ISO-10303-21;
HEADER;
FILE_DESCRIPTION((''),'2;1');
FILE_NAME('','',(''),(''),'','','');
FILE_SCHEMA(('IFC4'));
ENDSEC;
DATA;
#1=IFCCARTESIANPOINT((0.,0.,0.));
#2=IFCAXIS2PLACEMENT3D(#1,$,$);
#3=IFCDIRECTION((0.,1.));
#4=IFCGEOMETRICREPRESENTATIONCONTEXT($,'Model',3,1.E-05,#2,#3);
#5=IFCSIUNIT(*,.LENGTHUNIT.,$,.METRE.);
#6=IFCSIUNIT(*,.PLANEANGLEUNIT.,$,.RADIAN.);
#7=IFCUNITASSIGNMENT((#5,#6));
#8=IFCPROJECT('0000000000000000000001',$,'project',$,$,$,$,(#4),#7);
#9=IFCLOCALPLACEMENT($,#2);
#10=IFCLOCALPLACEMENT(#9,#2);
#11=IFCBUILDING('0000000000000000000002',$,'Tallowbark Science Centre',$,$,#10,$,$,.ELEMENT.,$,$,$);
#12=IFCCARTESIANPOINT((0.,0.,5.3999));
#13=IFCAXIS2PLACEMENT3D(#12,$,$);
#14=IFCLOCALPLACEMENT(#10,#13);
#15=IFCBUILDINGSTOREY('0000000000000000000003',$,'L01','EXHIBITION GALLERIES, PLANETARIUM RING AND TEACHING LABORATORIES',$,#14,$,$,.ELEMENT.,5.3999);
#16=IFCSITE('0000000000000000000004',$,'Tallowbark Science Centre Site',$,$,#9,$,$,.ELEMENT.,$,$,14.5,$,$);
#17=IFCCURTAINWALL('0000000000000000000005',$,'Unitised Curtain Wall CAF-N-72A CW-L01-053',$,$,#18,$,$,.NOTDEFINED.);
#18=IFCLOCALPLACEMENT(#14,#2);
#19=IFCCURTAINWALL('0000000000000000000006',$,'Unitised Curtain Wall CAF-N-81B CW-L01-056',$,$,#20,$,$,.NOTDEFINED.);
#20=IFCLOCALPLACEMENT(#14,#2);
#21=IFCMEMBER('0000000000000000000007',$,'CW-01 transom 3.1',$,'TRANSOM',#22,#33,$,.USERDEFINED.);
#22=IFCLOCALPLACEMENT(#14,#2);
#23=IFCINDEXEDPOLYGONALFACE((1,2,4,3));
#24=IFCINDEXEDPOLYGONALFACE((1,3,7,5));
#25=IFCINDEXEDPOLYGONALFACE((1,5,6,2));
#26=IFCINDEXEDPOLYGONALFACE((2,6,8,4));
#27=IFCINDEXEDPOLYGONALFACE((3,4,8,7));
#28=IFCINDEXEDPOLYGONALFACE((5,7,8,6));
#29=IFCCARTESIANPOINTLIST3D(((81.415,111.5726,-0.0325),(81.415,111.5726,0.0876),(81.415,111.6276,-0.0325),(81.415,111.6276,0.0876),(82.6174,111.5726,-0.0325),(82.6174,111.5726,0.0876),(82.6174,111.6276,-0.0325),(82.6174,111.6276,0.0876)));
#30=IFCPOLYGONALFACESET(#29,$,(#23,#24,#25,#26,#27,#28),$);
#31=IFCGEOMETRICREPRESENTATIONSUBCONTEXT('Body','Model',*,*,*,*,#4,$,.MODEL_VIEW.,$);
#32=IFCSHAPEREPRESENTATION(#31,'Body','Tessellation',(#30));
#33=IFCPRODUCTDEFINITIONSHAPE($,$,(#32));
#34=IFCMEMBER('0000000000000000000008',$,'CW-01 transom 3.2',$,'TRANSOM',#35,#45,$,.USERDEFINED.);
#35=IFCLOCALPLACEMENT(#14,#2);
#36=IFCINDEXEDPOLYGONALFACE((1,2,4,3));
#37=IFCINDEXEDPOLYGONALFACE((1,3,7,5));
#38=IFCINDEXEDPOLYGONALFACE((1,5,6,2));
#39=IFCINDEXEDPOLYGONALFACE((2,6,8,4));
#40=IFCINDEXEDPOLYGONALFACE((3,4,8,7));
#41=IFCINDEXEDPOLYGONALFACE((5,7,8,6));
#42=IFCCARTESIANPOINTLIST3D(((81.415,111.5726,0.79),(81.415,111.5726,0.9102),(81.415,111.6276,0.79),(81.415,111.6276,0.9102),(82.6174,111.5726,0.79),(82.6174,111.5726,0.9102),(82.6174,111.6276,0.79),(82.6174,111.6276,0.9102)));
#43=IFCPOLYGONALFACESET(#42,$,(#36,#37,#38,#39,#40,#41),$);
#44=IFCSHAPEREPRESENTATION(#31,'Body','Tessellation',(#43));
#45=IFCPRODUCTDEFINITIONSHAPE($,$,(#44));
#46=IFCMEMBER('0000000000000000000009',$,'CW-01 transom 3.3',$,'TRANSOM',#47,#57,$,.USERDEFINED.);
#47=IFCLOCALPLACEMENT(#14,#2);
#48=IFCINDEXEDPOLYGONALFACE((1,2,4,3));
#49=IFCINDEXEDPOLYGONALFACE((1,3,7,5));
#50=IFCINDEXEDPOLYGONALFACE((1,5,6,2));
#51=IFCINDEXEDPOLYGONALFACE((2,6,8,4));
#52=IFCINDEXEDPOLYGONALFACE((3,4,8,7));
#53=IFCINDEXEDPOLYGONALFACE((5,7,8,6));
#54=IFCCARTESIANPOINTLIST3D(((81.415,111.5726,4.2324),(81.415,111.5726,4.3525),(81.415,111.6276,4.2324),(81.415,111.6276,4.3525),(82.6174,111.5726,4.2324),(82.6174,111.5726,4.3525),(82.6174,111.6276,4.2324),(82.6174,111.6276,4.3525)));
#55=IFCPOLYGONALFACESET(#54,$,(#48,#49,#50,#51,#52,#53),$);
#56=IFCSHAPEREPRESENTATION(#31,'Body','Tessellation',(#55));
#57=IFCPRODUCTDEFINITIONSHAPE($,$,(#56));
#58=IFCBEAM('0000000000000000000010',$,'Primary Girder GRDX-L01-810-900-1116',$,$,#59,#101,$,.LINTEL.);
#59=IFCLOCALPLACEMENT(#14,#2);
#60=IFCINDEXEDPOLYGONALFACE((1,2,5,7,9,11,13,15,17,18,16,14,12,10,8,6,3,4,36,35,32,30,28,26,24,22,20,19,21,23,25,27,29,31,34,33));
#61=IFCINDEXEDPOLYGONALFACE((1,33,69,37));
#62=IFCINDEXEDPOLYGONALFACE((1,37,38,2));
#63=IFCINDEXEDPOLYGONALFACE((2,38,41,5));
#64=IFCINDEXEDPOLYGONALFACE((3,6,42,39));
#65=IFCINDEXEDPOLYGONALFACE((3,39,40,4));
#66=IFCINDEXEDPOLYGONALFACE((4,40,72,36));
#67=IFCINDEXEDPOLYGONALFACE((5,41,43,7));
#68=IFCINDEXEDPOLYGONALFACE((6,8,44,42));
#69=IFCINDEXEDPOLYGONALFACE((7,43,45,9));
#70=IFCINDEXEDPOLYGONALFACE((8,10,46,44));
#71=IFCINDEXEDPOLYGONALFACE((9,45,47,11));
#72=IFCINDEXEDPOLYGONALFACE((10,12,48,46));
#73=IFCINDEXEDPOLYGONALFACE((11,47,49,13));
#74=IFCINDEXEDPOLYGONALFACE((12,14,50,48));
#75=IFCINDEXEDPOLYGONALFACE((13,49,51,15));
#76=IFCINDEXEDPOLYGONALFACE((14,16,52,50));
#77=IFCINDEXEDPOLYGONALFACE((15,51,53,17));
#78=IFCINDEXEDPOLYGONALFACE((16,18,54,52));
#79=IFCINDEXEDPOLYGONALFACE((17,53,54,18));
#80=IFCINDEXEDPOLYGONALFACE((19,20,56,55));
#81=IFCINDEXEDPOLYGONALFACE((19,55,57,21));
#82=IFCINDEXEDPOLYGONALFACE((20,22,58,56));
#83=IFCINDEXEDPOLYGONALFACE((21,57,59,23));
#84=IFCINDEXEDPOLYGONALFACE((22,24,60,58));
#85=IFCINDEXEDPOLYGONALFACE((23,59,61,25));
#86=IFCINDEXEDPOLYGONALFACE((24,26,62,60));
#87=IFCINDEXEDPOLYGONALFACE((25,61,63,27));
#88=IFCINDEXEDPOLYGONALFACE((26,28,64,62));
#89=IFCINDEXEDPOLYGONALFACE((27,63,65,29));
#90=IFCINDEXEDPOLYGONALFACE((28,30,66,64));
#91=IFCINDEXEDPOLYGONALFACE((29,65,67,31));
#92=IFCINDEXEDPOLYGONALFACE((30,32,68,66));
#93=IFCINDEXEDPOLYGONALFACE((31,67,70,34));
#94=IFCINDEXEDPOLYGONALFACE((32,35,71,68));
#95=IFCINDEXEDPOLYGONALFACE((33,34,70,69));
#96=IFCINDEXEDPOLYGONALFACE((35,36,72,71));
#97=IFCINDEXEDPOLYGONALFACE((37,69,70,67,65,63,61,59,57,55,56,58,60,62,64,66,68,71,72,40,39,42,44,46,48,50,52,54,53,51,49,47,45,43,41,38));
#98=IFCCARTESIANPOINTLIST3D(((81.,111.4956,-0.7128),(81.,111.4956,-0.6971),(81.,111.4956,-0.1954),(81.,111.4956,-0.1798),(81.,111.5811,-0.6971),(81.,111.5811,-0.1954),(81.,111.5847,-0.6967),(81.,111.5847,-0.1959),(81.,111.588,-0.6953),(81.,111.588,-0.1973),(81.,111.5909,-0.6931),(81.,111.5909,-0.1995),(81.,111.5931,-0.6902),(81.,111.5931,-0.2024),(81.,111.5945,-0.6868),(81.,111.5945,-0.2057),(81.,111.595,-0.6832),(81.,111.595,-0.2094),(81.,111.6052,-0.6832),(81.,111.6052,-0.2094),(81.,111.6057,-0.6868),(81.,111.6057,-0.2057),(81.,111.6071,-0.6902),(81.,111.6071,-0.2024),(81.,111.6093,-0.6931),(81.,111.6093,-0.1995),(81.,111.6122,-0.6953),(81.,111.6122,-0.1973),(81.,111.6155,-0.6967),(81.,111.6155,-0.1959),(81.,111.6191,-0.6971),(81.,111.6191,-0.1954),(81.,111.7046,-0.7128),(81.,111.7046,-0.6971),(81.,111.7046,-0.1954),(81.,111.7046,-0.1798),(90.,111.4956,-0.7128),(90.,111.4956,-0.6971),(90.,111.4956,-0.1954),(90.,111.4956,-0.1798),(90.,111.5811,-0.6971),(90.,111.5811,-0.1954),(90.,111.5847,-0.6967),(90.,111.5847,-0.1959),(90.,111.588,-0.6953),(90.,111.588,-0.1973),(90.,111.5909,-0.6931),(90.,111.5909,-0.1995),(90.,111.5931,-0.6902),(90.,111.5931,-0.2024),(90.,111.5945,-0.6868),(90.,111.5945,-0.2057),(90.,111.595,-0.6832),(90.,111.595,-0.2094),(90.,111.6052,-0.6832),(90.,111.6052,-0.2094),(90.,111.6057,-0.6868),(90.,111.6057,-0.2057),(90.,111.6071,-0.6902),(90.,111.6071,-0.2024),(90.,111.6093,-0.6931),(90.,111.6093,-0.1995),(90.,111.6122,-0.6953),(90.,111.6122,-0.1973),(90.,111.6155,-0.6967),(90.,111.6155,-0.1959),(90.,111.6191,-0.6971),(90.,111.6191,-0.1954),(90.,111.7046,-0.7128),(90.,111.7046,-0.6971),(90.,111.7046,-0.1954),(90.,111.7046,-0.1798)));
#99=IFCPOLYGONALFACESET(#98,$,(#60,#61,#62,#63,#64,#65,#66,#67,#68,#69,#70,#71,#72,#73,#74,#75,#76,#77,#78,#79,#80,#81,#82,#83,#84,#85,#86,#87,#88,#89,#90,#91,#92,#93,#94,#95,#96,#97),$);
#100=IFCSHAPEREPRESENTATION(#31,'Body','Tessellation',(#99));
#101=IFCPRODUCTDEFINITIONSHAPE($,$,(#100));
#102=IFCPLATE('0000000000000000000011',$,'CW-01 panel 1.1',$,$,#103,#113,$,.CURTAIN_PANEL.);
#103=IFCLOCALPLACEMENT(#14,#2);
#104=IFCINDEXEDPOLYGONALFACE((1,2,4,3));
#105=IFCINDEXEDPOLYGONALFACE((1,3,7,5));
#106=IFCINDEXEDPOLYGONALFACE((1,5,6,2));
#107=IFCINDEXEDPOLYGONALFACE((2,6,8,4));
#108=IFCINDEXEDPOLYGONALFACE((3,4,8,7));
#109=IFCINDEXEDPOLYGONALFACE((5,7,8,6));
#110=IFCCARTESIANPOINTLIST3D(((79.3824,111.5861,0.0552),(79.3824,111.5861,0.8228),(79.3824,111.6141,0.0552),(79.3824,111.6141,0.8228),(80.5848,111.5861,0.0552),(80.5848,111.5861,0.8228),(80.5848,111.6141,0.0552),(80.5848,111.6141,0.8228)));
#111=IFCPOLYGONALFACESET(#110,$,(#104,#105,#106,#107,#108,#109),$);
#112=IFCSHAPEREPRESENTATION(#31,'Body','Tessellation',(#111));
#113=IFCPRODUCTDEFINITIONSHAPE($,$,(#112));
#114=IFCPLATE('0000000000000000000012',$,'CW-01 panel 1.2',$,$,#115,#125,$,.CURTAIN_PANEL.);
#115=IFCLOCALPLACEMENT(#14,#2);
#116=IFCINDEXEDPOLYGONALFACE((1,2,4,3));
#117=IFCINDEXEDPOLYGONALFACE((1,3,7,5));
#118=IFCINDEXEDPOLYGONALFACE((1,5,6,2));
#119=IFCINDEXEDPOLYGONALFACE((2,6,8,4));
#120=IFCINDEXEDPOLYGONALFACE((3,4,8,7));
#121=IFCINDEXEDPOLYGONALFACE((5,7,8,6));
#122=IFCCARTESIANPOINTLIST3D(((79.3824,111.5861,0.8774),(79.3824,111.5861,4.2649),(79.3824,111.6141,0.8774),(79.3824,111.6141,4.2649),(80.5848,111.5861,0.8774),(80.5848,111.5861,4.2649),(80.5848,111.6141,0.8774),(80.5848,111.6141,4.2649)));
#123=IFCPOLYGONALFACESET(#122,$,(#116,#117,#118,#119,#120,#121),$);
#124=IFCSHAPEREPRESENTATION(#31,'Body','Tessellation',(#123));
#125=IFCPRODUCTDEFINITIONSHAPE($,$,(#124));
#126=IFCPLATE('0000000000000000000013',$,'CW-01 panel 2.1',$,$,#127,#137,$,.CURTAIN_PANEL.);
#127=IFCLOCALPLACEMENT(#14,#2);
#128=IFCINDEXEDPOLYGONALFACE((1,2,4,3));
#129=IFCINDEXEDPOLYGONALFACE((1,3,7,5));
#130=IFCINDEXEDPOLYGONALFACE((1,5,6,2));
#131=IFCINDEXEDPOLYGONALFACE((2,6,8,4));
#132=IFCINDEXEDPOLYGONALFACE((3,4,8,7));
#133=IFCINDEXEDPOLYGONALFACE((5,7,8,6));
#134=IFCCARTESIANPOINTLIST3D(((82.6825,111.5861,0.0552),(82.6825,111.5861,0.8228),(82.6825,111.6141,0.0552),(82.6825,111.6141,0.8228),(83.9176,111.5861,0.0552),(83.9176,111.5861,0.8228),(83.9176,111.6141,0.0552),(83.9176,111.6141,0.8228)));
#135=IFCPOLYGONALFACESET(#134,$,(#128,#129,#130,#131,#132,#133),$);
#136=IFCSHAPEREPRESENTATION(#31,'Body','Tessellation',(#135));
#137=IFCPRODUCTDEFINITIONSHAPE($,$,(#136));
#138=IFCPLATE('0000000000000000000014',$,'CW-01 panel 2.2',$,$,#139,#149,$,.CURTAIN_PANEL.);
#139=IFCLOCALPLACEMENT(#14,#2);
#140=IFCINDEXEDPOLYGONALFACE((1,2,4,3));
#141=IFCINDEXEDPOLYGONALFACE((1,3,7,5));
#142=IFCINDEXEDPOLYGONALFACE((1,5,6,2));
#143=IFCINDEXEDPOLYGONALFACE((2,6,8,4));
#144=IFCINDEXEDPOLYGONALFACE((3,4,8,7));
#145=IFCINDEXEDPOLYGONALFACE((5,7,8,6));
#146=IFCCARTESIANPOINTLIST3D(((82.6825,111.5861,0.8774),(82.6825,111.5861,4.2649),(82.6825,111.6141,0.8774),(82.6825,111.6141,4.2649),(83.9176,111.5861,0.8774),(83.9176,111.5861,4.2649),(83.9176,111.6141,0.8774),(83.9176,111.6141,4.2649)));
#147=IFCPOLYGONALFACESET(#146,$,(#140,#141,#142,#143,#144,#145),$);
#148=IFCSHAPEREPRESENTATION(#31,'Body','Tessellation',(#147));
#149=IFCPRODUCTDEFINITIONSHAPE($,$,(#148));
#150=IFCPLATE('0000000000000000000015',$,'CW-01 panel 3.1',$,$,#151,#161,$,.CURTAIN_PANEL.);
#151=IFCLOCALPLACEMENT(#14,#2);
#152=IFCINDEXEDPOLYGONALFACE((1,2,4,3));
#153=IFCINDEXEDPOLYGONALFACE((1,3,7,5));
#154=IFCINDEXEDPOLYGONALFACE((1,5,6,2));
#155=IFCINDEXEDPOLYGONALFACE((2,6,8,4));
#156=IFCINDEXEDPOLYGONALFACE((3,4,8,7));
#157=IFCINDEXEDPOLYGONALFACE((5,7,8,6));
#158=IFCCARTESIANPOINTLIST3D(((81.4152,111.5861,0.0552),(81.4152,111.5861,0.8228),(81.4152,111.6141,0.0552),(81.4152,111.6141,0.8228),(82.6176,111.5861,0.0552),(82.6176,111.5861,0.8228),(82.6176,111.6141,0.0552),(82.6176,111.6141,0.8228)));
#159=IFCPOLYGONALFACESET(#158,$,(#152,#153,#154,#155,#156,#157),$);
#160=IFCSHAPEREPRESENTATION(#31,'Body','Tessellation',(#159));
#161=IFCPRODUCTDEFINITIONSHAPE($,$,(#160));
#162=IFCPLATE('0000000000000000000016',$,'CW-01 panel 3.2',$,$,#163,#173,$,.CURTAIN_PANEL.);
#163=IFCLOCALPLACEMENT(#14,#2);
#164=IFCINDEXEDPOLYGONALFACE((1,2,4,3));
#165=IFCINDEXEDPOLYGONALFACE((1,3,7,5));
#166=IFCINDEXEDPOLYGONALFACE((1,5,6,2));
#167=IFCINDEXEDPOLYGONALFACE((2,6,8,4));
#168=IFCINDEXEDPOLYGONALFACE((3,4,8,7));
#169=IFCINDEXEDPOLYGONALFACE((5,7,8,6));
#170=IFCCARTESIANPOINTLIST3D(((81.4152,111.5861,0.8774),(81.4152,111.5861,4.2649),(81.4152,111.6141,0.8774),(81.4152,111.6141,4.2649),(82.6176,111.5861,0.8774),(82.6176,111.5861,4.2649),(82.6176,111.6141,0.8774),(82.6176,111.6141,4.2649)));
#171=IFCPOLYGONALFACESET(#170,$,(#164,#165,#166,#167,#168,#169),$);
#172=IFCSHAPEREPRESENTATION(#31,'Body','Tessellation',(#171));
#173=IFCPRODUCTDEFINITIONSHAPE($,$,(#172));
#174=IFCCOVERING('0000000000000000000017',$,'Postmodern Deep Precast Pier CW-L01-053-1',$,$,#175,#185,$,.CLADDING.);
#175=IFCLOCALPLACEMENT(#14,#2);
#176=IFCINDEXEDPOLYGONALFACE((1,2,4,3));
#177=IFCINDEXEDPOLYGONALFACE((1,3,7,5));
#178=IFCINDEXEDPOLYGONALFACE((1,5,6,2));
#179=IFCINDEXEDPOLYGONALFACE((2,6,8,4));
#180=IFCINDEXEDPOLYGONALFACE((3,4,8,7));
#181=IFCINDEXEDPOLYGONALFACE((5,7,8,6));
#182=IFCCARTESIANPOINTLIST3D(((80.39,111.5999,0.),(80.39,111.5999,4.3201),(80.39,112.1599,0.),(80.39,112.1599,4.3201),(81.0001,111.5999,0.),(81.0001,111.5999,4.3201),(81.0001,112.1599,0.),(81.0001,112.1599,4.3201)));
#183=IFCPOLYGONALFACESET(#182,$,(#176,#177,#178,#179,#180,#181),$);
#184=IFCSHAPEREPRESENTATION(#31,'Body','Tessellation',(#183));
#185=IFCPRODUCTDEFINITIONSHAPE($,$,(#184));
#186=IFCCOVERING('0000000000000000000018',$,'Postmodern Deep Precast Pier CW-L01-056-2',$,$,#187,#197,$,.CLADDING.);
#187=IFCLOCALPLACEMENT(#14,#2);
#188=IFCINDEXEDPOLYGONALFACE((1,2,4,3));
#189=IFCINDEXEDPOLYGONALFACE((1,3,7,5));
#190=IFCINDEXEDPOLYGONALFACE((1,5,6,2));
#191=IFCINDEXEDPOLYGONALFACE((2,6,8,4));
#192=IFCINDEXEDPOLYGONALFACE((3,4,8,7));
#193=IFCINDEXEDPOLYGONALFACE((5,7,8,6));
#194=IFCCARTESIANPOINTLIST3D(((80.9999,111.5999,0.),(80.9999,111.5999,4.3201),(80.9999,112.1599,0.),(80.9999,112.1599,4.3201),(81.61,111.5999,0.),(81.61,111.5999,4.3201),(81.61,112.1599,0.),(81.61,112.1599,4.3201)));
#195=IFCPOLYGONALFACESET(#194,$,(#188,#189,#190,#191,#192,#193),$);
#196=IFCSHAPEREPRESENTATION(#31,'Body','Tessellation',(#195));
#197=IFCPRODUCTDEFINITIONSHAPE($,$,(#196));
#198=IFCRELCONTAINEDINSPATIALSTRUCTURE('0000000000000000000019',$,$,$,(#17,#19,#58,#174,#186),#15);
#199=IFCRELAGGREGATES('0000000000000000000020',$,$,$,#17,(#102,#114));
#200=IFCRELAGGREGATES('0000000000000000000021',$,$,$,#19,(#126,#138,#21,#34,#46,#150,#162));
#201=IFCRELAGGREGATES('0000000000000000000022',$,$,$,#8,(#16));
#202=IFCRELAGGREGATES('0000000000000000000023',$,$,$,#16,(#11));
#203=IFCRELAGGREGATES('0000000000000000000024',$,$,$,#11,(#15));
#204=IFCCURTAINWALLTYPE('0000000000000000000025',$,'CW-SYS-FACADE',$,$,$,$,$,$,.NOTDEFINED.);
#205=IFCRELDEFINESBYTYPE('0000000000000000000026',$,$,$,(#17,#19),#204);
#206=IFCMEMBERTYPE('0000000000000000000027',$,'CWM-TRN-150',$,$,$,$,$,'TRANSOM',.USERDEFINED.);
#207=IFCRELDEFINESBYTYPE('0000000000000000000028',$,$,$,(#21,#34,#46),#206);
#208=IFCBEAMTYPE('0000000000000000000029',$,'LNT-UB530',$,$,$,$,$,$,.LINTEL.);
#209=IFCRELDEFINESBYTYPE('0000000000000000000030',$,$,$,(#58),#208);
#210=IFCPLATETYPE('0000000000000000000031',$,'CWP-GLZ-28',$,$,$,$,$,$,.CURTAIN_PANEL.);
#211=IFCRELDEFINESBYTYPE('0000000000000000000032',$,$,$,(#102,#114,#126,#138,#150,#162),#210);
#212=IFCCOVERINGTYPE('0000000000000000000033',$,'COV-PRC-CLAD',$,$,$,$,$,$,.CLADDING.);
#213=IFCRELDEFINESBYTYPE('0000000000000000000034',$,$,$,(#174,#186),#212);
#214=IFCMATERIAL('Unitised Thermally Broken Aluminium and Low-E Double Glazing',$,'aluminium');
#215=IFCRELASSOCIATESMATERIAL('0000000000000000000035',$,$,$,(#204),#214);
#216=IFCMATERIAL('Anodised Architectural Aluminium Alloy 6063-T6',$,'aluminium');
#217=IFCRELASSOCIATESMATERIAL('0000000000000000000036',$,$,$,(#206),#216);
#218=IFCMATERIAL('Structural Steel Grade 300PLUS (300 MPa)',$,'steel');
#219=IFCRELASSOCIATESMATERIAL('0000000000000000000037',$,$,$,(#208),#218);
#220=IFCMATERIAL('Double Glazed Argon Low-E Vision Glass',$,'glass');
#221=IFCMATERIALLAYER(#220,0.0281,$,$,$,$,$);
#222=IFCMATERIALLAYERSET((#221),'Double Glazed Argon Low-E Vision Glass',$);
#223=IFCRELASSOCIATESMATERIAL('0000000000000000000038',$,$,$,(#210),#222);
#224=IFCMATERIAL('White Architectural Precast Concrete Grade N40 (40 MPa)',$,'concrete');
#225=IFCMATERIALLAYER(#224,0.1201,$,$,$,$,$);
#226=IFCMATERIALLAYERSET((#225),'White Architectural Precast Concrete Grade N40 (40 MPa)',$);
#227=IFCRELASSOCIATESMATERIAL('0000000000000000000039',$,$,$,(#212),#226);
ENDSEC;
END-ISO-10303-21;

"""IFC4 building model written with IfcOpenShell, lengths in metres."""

from ifc_helpers import new_model, si_unit, direction, frame, origin, origin_2d, place, context, subcontext, project, spatial, rectangle, i_section, extrude, material, layer, layer_set, material_profile, profile_set, type_object, element, aggregate, save


model = new_model("IFC4")

# Units and contexts
model_context = context("Model", 3, precision=1e-05, world=origin(), true_north=direction((0.0, 1.0)))
body_context = subcontext(model_context, "Body", "Model", "MODEL_VIEW")
ifc_project = project(units=[si_unit("LENGTHUNIT", "METRE"), si_unit("PLANEANGLEUNIT", "RADIAN")], contexts=[model_context])

# Site, building, storey
site_placement = place(None, origin())
site = spatial("IfcSite", under=ifc_project, at=site_placement, Name="Tallowbark Science Centre Site", CompositionType="ELEMENT", RefElevation=14.5)
building_placement = place(site_placement, origin())
building = spatial("IfcBuilding", under=site, at=building_placement, Name="Tallowbark Science Centre", CompositionType="ELEMENT")
storey_placement = place(building_placement, frame((0.0, 0.0, 5.3999)))
storey = spatial("IfcBuildingStorey", under=building, at=storey_placement, Name="L01", Description="EXHIBITION GALLERIES, PLANETARIUM RING AND TEACHING LABORATORIES", CompositionType="ELEMENT", Elevation=5.3999)

# Shared definitions
ifc_material_1 = material(Name="Structural Steel Grade 300PLUS (300 MPa)", Category="steel")

# Curtain walls
ifc_material_2 = material(Name="Unitised Thermally Broken Aluminium and Low-E Double Glazing", Category="aluminium")
curtain_wall_type = type_object("IfcCurtainWallType", Name="CW-SYS-FACADE", PredefinedType="NOTDEFINED", material=ifc_material_2)
curtain_wall_1_placement = place(storey_placement, origin())
curtain_wall_1 = element("IfcCurtainWall", 1, at=curtain_wall_1_placement, inside=storey, type_object=curtain_wall_type, Name="Unitised Curtain Wall CAF-N-72A CW-L01-053", PredefinedType="NOTDEFINED")
ifc_material_3 = material(Name="Anodised Architectural Aluminium Alloy 6063-T6", Category="aluminium")
curtain_wall_2_placement = place(storey_placement, origin())
curtain_wall_2 = element("IfcCurtainWall", 2, at=curtain_wall_2_placement, inside=storey, type_object=curtain_wall_type, Name="Unitised Curtain Wall CAF-N-81B CW-L01-056", PredefinedType="NOTDEFINED")

# Members
ifc_material_profile_1 = material_profile(ifc_material_3, rectangle(XDim=0.0549, YDim=0.1201, at=origin_2d()), Name="ALU55x120")
ifc_profile_set_1 = profile_set([ifc_material_profile_1], Name="Anodised Architectural Aluminium Alloy 6063-T6")
member_type_1 = type_object("IfcMemberType", Name="CWM-TRN-150", ElementType="TRANSOM", PredefinedType="USERDEFINED", material=ifc_profile_set_1)
member_1_placement = place(storey_placement, frame((82.6174, 111.6001, 0.0276), z_axis=(-1.0, 0.0, 0.0), x_axis=(0.0, -1.0, 0.0)))
member_1 = element("IfcMember", 3, at=member_1_placement, type_object=member_type_1, Name="CW-01 transom 3.1", ObjectType="TRANSOM", PredefinedType="USERDEFINED", context=body_context, shape_type="SweptSolid", body=[
    extrude(rectangle(XDim=0.0549, YDim=0.1201, at=origin_2d()), origin(), (0.0, 0.0, 1.0), 1.2024),
])
member_2_placement = place(storey_placement, frame((82.6174, 111.6001, 0.8501), z_axis=(-1.0, 0.0, 0.0), x_axis=(0.0, -1.0, 0.0)))
member_2 = element("IfcMember", 4, at=member_2_placement, type_object=member_type_1, Name="CW-01 transom 3.2", ObjectType="TRANSOM", PredefinedType="USERDEFINED", context=body_context, shape_type="SweptSolid", body=[
    extrude(rectangle(XDim=0.0549, YDim=0.1201, at=origin_2d()), origin(), (0.0, 0.0, 1.0), 1.2024),
])
member_3_placement = place(storey_placement, frame((82.6174, 111.6001, 4.2925), z_axis=(-1.0, 0.0, 0.0), x_axis=(0.0, -1.0, 0.0)))
member_3 = element("IfcMember", 5, at=member_3_placement, type_object=member_type_1, Name="CW-01 transom 3.3", ObjectType="TRANSOM", PredefinedType="USERDEFINED", context=body_context, shape_type="SweptSolid", body=[
    extrude(rectangle(XDim=0.0549, YDim=0.1201, at=origin_2d()), origin(), (0.0, 0.0, 1.0), 1.2024),
])

# Beam
ifc_material_profile_2 = material_profile(ifc_material_1, i_section(OverallWidth=0.209, OverallDepth=0.533, WebThickness=0.0103, FlangeThickness=0.0156, FilletRadius=0.0139, at=origin_2d()), Name="530UB92.4")
ifc_profile_set_2 = profile_set([ifc_material_profile_2], Name="Structural Steel Grade 300PLUS (300 MPa)")
beam_type = type_object("IfcBeamType", Name="LNT-UB530", PredefinedType="LINTEL", material=ifc_profile_set_2)
beam_placement = place(storey_placement, frame((81.0, 111.6001, -0.4463), z_axis=(1.0, 0.0, 0.0), x_axis=(0.0, 1.0, 0.0)))
element("IfcBeam", 6, at=beam_placement, inside=storey, type_object=beam_type, Name="Primary Girder GRDX-L01-810-900-1116", PredefinedType="LINTEL", context=body_context, shape_type="SweptSolid", body=[
    extrude(i_section(OverallWidth=0.209, OverallDepth=0.533, WebThickness=0.0103, FlangeThickness=0.0156, FilletRadius=0.0139, at=origin_2d()), origin(), (0.0, 0.0, 1.0), 9.0),
])

# Plates
ifc_material_4 = material(Name="Double Glazed Argon Low-E Vision Glass", Category="glass")
ifc_layer_1 = layer(ifc_material_4, 0.0281)
ifc_layer_set_1 = layer_set([ifc_layer_1], Name="Double Glazed Argon Low-E Vision Glass")
plate_type = type_object("IfcPlateType", Name="CWP-GLZ-28", PredefinedType="CURTAIN_PANEL", material=ifc_layer_set_1)
plate_1_placement = place(storey_placement, frame((79.9836, 111.6001, 0.0552), z_axis=(0.0, 0.0, 1.0), x_axis=(-1.0, 0.0, 0.0)))
plate_1 = element("IfcPlate", 7, at=plate_1_placement, type_object=plate_type, Name="CW-01 panel 1.1", PredefinedType="CURTAIN_PANEL", context=body_context, shape_type="SweptSolid", body=[
    extrude(rectangle(XDim=1.2024, YDim=0.0281, at=origin_2d()), origin(), (0.0, 0.0, 1.0), 0.7676),
])
plate_2_placement = place(storey_placement, frame((79.9836, 111.6001, 0.8774), z_axis=(0.0, 0.0, 1.0), x_axis=(-1.0, 0.0, 0.0)))
plate_2 = element("IfcPlate", 8, at=plate_2_placement, type_object=plate_type, Name="CW-01 panel 1.2", PredefinedType="CURTAIN_PANEL", context=body_context, shape_type="SweptSolid", body=[
    extrude(rectangle(XDim=1.2024, YDim=0.0281, at=origin_2d()), origin(), (0.0, 0.0, 1.0), 3.3875),
])
aggregate(curtain_wall_1, [plate_1, plate_2])
plate_3_placement = place(storey_placement, frame((83.3, 111.6001, 0.0552), z_axis=(0.0, 0.0, 1.0), x_axis=(-1.0, 0.0, 0.0)))
plate_3 = element("IfcPlate", 9, at=plate_3_placement, type_object=plate_type, Name="CW-01 panel 2.1", PredefinedType="CURTAIN_PANEL", context=body_context, shape_type="SweptSolid", body=[
    extrude(rectangle(XDim=1.2351, YDim=0.0281, at=origin_2d()), origin(), (0.0, 0.0, 1.0), 0.7676),
])
plate_4_placement = place(storey_placement, frame((83.3, 111.6001, 0.8774), z_axis=(0.0, 0.0, 1.0), x_axis=(-1.0, 0.0, 0.0)))
plate_4 = element("IfcPlate", 10, at=plate_4_placement, type_object=plate_type, Name="CW-01 panel 2.2", PredefinedType="CURTAIN_PANEL", context=body_context, shape_type="SweptSolid", body=[
    extrude(rectangle(XDim=1.2351, YDim=0.0281, at=origin_2d()), origin(), (0.0, 0.0, 1.0), 3.3875),
])
plate_5_placement = place(storey_placement, frame((82.0164, 111.6001, 0.0552), z_axis=(0.0, 0.0, 1.0), x_axis=(-1.0, 0.0, 0.0)))
plate_5 = element("IfcPlate", 11, at=plate_5_placement, type_object=plate_type, Name="CW-01 panel 3.1", PredefinedType="CURTAIN_PANEL", context=body_context, shape_type="SweptSolid", body=[
    extrude(rectangle(XDim=1.2024, YDim=0.0281, at=origin_2d()), origin(), (0.0, 0.0, 1.0), 0.7676),
])
plate_6_placement = place(storey_placement, frame((82.0164, 111.6001, 0.8774), z_axis=(0.0, 0.0, 1.0), x_axis=(-1.0, 0.0, 0.0)))
plate_6 = element("IfcPlate", 12, at=plate_6_placement, type_object=plate_type, Name="CW-01 panel 3.2", PredefinedType="CURTAIN_PANEL", context=body_context, shape_type="SweptSolid", body=[
    extrude(rectangle(XDim=1.2024, YDim=0.0281, at=origin_2d()), origin(), (0.0, 0.0, 1.0), 3.3875),
])
aggregate(curtain_wall_2, [plate_3, plate_4, member_1, member_2, member_3, plate_5, plate_6])

# Coverings
ifc_material_5 = material(Name="White Architectural Precast Concrete Grade N40 (40 MPa)", Category="concrete")
ifc_layer_2 = layer(ifc_material_5, 0.1201)
ifc_layer_set_2 = layer_set([ifc_layer_2], Name="White Architectural Precast Concrete Grade N40 (40 MPa)")
covering_type_1 = type_object("IfcCoveringType", Name="COV-PRC-CLAD", PredefinedType="CLADDING", material=ifc_layer_set_2)
for number, where, z_axis, x_axis, name in (
    (13, (80.6951, 111.8799, 0.0), (0.0, 0.0, 1.0), (-1.0, 0.0, 0.0), "Postmodern Deep Precast Pier CW-L01-053-1"),
    (14, (81.3049, 111.8799, 0.0), (0.0, 0.0, 1.0), (-1.0, 0.0, 0.0), "Postmodern Deep Precast Pier CW-L01-056-2"),
):
    element("IfcCovering", number, at=place(storey_placement, frame(where, z_axis=z_axis, x_axis=x_axis)), inside=storey, type_object=covering_type_1, Name=name, PredefinedType="CLADDING", context=body_context, shape_type="SweptSolid", body=[
        extrude(rectangle(XDim=0.6101, YDim=0.5601, at=origin_2d()), origin(), (0.0, 0.0, 1.0), 4.3201),
    ])

save(model, "model.ifc")
